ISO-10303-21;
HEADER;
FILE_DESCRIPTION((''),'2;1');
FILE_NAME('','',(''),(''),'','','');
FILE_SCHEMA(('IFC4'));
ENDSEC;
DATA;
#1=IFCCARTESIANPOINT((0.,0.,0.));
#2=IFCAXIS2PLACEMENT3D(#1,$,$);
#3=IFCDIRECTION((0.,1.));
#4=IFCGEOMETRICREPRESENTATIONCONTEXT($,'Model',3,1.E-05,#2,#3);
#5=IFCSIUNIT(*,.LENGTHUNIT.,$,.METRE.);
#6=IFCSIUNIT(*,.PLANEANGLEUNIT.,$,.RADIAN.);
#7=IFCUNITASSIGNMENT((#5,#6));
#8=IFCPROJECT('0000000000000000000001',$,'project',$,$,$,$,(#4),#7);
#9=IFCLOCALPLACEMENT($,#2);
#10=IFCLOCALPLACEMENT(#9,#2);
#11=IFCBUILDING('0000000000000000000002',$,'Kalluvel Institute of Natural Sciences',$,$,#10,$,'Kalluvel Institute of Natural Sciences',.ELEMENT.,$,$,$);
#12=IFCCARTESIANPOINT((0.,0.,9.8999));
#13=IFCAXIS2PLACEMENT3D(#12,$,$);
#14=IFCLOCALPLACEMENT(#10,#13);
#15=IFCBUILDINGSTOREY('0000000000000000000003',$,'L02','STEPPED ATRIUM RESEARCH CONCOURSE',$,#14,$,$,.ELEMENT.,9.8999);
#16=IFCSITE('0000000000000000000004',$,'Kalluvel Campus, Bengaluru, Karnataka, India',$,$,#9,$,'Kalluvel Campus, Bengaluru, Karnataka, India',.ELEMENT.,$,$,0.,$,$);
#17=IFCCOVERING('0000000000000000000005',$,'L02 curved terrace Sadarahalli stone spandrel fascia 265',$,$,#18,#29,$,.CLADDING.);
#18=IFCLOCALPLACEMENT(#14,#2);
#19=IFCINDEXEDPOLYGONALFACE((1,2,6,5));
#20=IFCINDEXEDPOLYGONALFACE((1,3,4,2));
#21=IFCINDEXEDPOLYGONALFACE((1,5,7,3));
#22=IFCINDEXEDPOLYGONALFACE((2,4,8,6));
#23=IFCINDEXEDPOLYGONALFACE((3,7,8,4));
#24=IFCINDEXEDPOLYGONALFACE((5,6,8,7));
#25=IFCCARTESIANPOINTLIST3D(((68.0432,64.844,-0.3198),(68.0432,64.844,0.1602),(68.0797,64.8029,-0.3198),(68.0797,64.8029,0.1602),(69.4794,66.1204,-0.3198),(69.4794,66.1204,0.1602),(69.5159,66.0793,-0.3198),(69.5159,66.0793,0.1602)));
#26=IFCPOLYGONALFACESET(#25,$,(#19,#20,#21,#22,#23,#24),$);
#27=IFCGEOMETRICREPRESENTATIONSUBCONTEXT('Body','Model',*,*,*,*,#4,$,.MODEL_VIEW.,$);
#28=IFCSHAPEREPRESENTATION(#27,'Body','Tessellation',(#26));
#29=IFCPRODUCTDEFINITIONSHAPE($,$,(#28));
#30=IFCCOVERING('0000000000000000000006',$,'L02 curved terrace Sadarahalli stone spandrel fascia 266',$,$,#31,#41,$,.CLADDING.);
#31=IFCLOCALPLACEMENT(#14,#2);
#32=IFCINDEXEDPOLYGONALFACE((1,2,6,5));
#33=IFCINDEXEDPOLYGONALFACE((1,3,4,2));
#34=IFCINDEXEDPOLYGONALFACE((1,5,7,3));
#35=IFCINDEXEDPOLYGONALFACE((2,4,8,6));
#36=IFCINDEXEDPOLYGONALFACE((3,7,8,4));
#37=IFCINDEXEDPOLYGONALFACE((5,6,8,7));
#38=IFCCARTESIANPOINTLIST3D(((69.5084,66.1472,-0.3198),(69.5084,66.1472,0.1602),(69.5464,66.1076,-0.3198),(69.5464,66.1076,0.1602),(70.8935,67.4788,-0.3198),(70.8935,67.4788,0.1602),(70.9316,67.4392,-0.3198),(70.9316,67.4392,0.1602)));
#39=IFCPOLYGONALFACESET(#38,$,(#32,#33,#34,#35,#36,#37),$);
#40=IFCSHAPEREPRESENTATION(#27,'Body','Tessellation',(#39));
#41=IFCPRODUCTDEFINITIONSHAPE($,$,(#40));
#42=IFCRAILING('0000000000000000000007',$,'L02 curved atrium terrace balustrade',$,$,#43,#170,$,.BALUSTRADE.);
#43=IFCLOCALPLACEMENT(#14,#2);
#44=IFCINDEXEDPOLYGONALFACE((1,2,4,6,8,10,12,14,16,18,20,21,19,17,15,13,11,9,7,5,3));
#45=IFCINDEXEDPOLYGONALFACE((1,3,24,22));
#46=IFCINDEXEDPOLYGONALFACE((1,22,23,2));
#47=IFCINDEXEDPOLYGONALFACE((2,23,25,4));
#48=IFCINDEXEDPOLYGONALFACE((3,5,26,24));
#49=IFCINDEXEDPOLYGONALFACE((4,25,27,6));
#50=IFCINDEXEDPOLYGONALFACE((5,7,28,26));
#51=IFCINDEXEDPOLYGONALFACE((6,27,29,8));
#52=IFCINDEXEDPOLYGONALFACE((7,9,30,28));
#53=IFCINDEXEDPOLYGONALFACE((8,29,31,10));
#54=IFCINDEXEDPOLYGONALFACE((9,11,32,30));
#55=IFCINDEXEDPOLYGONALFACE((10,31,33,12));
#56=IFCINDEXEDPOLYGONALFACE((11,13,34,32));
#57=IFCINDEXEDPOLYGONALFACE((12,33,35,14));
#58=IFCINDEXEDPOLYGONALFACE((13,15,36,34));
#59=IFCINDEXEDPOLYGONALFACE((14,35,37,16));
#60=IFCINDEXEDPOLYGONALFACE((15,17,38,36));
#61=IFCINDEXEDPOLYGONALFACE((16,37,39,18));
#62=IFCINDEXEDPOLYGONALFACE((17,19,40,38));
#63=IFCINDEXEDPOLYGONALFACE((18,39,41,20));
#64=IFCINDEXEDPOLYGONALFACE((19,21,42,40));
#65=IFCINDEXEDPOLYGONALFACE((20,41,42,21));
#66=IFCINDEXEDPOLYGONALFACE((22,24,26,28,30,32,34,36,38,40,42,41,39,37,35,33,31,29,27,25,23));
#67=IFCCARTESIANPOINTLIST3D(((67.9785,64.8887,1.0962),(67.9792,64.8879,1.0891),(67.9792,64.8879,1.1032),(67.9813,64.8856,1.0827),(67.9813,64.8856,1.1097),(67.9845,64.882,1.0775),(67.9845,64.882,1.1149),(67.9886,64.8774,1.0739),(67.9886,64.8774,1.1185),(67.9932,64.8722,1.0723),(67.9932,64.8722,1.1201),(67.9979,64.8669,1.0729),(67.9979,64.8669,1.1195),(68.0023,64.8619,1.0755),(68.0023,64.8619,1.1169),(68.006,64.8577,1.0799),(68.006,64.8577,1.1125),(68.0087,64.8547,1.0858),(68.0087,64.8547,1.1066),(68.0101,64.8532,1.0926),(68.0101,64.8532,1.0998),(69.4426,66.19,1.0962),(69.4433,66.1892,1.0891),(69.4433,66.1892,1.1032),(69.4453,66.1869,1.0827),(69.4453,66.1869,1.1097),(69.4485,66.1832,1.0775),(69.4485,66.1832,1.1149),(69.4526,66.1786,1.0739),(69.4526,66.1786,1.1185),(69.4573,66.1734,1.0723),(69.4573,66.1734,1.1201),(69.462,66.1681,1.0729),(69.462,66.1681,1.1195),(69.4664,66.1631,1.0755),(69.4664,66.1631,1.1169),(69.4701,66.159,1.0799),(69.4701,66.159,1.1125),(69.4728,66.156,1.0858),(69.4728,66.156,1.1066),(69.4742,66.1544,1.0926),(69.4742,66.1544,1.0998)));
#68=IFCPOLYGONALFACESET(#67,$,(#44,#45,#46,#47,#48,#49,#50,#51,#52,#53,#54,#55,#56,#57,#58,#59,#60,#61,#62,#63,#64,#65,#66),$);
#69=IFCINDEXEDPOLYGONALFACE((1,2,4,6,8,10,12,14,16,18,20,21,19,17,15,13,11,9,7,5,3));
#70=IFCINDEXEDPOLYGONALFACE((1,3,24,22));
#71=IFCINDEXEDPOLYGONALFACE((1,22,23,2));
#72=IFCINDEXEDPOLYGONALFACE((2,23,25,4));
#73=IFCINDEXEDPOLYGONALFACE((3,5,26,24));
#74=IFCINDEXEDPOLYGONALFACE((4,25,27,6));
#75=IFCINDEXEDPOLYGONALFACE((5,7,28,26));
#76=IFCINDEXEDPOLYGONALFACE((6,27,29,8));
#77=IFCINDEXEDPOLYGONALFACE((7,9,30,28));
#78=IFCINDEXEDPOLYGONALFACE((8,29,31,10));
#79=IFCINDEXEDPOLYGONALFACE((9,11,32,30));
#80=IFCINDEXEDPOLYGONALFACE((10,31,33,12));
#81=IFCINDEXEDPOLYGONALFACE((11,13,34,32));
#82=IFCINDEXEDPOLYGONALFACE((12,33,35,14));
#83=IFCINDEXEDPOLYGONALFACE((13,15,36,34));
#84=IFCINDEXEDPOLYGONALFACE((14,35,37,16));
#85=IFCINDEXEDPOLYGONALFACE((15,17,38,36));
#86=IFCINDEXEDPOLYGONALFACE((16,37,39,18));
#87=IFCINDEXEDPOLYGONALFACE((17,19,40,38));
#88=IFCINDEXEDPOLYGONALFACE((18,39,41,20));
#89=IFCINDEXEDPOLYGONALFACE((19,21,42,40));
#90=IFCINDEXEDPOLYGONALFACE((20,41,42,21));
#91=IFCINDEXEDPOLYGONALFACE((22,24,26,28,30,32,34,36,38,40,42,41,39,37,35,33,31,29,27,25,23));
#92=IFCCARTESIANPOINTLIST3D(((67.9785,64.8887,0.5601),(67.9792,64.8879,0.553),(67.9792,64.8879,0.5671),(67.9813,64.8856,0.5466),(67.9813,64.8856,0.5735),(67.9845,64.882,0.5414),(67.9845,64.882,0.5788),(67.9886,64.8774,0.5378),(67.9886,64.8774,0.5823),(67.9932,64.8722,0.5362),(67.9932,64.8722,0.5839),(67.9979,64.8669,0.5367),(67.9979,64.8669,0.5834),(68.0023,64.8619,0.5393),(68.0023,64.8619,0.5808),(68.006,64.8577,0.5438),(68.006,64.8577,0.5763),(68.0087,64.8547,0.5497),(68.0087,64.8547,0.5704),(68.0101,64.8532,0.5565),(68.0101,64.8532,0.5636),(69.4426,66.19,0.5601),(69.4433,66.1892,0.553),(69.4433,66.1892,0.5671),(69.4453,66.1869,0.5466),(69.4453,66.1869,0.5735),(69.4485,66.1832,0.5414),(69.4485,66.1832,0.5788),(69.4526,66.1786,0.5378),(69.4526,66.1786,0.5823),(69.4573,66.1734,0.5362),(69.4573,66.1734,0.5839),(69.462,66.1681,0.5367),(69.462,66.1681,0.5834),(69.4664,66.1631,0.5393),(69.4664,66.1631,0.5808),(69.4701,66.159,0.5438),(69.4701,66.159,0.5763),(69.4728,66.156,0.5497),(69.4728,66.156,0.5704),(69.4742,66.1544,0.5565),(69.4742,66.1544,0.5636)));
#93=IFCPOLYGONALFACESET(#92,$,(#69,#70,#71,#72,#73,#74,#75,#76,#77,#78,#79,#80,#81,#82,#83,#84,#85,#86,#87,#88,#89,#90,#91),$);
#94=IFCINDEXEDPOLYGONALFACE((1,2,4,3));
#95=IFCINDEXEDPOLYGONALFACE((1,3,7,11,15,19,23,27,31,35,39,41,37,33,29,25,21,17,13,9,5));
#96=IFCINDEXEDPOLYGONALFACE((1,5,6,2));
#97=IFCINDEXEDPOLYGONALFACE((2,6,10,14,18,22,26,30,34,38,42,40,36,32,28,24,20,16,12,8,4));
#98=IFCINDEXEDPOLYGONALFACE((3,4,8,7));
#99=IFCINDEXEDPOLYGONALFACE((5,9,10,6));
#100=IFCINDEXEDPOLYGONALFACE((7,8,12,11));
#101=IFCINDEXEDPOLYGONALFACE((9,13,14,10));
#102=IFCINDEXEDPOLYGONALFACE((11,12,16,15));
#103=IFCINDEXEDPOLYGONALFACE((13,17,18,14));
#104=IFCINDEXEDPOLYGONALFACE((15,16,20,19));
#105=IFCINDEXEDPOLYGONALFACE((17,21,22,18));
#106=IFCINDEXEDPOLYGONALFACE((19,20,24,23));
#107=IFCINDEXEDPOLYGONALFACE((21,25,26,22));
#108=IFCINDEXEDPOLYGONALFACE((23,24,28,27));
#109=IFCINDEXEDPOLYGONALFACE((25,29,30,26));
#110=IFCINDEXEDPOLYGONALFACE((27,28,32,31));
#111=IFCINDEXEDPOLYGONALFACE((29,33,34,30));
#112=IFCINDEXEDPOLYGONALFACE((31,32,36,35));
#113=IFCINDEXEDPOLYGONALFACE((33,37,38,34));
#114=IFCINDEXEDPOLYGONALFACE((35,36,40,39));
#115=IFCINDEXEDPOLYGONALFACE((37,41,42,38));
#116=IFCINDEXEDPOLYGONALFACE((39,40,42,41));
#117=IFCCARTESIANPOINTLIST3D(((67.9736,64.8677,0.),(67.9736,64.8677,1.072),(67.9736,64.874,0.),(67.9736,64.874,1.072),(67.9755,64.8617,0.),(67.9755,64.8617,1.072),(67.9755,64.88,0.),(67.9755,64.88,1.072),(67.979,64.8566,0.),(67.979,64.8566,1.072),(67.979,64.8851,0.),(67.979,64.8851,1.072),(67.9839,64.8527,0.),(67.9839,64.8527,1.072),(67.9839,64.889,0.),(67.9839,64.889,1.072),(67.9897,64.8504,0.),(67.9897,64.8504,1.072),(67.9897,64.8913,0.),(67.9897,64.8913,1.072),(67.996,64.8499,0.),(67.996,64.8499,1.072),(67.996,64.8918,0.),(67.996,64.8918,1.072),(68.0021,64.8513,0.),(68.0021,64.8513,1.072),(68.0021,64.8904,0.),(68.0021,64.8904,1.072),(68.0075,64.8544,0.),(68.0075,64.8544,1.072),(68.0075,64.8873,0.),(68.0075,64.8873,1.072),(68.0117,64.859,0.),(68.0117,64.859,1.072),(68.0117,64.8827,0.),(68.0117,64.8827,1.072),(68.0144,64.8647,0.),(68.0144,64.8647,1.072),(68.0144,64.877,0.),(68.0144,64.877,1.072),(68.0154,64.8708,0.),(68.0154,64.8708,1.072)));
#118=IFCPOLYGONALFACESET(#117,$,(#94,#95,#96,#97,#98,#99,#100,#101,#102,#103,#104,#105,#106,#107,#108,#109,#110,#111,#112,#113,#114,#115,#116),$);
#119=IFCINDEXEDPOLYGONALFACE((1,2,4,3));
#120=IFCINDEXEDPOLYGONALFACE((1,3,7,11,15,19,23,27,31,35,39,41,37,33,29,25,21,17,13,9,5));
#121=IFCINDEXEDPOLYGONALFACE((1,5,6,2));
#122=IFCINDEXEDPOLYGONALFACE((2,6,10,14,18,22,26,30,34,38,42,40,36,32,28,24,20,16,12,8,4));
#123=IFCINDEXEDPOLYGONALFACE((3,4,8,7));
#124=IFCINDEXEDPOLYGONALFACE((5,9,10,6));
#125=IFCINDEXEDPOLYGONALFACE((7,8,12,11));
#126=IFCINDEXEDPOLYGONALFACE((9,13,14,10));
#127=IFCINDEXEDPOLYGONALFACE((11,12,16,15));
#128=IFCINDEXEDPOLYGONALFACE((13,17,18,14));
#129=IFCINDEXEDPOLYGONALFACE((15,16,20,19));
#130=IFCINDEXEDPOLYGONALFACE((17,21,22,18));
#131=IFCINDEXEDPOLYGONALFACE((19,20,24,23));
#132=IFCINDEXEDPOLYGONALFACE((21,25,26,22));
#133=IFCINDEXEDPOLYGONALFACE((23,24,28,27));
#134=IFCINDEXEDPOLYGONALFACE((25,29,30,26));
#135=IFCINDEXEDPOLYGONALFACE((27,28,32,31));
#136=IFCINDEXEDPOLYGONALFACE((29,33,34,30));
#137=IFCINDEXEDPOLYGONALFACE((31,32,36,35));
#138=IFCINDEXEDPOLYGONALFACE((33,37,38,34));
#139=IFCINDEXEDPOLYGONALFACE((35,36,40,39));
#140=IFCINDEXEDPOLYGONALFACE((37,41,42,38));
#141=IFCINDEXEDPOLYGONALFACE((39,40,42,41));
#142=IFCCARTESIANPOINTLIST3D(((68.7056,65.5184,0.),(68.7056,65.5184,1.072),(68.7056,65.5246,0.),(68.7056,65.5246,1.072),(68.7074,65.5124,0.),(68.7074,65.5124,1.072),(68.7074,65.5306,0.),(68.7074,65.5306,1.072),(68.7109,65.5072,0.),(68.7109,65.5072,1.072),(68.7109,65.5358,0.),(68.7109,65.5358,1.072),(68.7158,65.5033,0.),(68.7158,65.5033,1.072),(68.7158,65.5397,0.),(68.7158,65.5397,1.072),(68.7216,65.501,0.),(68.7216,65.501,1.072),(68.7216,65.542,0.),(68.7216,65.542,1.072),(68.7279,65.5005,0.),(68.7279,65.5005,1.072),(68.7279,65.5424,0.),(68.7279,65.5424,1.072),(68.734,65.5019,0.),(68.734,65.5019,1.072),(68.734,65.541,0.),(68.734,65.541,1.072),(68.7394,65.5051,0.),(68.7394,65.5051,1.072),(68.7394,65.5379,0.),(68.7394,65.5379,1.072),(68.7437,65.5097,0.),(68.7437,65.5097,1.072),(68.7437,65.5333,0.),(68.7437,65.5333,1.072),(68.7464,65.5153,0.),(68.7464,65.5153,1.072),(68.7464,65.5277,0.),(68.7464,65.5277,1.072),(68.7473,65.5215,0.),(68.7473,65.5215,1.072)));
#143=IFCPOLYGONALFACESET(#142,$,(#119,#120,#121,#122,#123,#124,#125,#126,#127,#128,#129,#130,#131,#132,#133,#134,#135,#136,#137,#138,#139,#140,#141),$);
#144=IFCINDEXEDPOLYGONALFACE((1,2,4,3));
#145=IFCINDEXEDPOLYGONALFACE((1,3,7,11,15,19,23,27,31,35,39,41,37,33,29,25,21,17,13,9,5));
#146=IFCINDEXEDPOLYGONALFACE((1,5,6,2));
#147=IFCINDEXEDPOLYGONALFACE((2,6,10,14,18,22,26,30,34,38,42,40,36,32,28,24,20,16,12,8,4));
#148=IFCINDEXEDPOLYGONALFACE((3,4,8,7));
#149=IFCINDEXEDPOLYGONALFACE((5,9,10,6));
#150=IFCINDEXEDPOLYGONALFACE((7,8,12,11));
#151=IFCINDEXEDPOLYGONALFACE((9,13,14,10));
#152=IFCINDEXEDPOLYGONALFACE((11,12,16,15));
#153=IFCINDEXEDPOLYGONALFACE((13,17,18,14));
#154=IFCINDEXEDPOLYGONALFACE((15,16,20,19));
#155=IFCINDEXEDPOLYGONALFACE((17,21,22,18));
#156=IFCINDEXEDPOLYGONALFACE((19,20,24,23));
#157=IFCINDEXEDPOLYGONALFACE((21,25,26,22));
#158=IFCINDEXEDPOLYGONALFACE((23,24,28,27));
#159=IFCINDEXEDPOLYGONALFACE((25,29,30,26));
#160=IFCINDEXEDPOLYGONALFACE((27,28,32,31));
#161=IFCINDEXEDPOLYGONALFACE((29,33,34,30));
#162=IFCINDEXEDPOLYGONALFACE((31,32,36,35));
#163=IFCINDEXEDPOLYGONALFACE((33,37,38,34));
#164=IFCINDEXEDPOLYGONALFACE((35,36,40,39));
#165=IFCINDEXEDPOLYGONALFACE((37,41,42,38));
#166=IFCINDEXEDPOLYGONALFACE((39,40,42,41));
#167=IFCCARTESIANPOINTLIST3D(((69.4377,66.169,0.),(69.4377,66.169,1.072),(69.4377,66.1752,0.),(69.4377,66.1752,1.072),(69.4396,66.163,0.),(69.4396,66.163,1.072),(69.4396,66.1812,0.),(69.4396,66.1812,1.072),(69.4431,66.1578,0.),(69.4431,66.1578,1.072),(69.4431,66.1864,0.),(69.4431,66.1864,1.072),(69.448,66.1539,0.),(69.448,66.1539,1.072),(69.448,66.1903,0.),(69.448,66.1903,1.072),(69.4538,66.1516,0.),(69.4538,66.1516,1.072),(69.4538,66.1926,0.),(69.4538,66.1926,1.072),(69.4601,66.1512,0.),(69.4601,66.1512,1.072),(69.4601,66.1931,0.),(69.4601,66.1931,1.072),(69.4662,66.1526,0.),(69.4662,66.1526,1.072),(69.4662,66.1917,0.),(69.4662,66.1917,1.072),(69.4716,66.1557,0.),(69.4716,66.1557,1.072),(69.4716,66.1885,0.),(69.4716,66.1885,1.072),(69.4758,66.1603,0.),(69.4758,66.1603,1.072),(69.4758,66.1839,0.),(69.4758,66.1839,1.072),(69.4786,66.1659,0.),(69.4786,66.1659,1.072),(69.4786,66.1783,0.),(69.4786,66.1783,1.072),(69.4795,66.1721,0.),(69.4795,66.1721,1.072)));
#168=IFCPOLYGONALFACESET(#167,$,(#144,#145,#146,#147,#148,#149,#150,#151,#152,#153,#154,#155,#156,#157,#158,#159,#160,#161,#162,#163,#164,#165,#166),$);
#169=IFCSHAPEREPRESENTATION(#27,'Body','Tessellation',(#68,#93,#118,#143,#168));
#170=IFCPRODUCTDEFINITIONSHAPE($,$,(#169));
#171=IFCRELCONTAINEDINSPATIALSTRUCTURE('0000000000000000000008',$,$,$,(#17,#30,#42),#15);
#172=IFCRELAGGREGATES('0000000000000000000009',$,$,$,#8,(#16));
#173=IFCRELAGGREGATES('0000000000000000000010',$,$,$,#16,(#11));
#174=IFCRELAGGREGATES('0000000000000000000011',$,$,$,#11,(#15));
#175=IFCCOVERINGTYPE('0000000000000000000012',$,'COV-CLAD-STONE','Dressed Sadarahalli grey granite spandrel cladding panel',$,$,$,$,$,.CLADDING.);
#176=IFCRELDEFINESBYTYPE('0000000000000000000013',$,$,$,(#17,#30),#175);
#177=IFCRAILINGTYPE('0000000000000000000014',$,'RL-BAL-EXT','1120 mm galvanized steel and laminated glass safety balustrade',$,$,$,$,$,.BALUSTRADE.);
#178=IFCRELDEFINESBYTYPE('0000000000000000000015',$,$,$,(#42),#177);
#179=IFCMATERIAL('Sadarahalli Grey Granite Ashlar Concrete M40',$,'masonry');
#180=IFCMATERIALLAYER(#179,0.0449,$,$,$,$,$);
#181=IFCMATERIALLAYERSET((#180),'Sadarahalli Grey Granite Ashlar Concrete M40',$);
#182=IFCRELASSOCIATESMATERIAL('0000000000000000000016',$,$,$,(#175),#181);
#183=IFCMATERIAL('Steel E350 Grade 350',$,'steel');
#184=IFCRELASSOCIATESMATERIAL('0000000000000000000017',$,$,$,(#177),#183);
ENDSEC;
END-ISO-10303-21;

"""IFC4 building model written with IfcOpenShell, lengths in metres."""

from ifc_helpers import new_model, si_unit, direction, frame, origin, origin_2d, place, context, subcontext, project, spatial, rectangle, circle, extrude, material, layer, layer_set, type_object, element, save


model = new_model("IFC4")

# Units and contexts
model_context = context("Model", 3, precision=1e-05, world=origin(), true_north=direction((0.0, 1.0)))
body_context = subcontext(model_context, "Body", "Model", "MODEL_VIEW")
ifc_project = project(units=[si_unit("LENGTHUNIT", "METRE"), si_unit("PLANEANGLEUNIT", "RADIAN")], contexts=[model_context])

# Site, building, storey
site_placement = place(None, origin())
site = spatial("IfcSite", under=ifc_project, at=site_placement, Name="Kalluvel Campus, Bengaluru, Karnataka, India", LongName="Kalluvel Campus, Bengaluru, Karnataka, India", CompositionType="ELEMENT", RefElevation=0.0)
building_placement = place(site_placement, origin())
building = spatial("IfcBuilding", under=site, at=building_placement, Name="Kalluvel Institute of Natural Sciences", LongName="Kalluvel Institute of Natural Sciences", CompositionType="ELEMENT")
storey_placement = place(building_placement, frame((0.0, 0.0, 9.8999)))
storey = spatial("IfcBuildingStorey", under=building, at=storey_placement, Name="L02", Description="STEPPED ATRIUM RESEARCH CONCOURSE", CompositionType="ELEMENT", Elevation=9.8999)

# Coverings
ifc_material_1 = material(Name="Sadarahalli Grey Granite Ashlar Concrete M40", Category="masonry")
ifc_layer_1 = layer(ifc_material_1, 0.0449)
ifc_layer_set_1 = layer_set([ifc_layer_1], Name="Sadarahalli Grey Granite Ashlar Concrete M40")
covering_type = type_object("IfcCoveringType", Name="COV-CLAD-STONE", Description="Dressed Sadarahalli grey granite spandrel cladding panel", PredefinedType="CLADDING", material=ifc_layer_set_1)
for number, where, z_axis, x_axis, name in (
    (1, (68.7795, 65.4617, -0.3198), (0.0, 0.0, 1.0), (0.74745, 0.664318, 0.0), "L02 curved terrace Sadarahalli stone spandrel fascia 265"),
    (2, (70.22, 66.7932, -0.3198), (0.0, 0.0, 1.0), (0.720914, 0.693024, 0.0), "L02 curved terrace Sadarahalli stone spandrel fascia 266"),
):
    element("IfcCovering", number, at=place(storey_placement, frame(where, z_axis=z_axis, x_axis=x_axis)), inside=storey, type_object=covering_type, Name=name, PredefinedType="CLADDING", context=body_context, shape_type="SweptSolid", body=[
        extrude(rectangle(XDim=1.9214, YDim=0.0549, at=origin_2d()), origin(), (0.0, 0.0, 1.0), 0.48),
    ])

# Railing
ifc_material_2 = material(Name="Steel E350 Grade 350", Category="steel")
railing_type = type_object("IfcRailingType", Name="RL-BAL-EXT", Description="1120 mm galvanized steel and laminated glass safety balustrade", PredefinedType="BALUSTRADE", material=ifc_material_2)
railing_1_placement = place(storey_placement, frame((67.9944, 64.8708, 0.0)))
element("IfcRailing", 3, at=railing_1_placement, inside=storey, type_object=railing_type, Name="L02 curved atrium terrace balustrade", PredefinedType="BALUSTRADE", context=body_context, shape_type="SweptSolid", body=[
    extrude(circle(Radius=0.0239, at=origin_2d()), frame((0.0, 0.0, 1.0962), z_axis=(0.747451, 0.664317, 0.0), x_axis=(-0.664317, 0.747451, 0.0)), (0.0, 0.0, 1.0), 1.9587),
    extrude(circle(Radius=0.0239, at=origin_2d()), frame((0.0, 0.0, 0.5601), z_axis=(0.747451, 0.664317, 0.0), x_axis=(-0.664317, 0.747451, 0.0)), (0.0, 0.0, 1.0), 1.9587),
    extrude(circle(Radius=0.021, at=origin_2d()), origin(), (0.0, 0.0, 1.0), 1.072),
    extrude(circle(Radius=0.021, at=origin_2d()), frame((0.7319, 0.6506, 0.0)), (0.0, 0.0, 1.0), 1.072),
    extrude(circle(Radius=0.021, at=origin_2d()), frame((1.4641, 1.3013, 0.0)), (0.0, 0.0, 1.0), 1.072),
])

save(model, "model.ifc")
